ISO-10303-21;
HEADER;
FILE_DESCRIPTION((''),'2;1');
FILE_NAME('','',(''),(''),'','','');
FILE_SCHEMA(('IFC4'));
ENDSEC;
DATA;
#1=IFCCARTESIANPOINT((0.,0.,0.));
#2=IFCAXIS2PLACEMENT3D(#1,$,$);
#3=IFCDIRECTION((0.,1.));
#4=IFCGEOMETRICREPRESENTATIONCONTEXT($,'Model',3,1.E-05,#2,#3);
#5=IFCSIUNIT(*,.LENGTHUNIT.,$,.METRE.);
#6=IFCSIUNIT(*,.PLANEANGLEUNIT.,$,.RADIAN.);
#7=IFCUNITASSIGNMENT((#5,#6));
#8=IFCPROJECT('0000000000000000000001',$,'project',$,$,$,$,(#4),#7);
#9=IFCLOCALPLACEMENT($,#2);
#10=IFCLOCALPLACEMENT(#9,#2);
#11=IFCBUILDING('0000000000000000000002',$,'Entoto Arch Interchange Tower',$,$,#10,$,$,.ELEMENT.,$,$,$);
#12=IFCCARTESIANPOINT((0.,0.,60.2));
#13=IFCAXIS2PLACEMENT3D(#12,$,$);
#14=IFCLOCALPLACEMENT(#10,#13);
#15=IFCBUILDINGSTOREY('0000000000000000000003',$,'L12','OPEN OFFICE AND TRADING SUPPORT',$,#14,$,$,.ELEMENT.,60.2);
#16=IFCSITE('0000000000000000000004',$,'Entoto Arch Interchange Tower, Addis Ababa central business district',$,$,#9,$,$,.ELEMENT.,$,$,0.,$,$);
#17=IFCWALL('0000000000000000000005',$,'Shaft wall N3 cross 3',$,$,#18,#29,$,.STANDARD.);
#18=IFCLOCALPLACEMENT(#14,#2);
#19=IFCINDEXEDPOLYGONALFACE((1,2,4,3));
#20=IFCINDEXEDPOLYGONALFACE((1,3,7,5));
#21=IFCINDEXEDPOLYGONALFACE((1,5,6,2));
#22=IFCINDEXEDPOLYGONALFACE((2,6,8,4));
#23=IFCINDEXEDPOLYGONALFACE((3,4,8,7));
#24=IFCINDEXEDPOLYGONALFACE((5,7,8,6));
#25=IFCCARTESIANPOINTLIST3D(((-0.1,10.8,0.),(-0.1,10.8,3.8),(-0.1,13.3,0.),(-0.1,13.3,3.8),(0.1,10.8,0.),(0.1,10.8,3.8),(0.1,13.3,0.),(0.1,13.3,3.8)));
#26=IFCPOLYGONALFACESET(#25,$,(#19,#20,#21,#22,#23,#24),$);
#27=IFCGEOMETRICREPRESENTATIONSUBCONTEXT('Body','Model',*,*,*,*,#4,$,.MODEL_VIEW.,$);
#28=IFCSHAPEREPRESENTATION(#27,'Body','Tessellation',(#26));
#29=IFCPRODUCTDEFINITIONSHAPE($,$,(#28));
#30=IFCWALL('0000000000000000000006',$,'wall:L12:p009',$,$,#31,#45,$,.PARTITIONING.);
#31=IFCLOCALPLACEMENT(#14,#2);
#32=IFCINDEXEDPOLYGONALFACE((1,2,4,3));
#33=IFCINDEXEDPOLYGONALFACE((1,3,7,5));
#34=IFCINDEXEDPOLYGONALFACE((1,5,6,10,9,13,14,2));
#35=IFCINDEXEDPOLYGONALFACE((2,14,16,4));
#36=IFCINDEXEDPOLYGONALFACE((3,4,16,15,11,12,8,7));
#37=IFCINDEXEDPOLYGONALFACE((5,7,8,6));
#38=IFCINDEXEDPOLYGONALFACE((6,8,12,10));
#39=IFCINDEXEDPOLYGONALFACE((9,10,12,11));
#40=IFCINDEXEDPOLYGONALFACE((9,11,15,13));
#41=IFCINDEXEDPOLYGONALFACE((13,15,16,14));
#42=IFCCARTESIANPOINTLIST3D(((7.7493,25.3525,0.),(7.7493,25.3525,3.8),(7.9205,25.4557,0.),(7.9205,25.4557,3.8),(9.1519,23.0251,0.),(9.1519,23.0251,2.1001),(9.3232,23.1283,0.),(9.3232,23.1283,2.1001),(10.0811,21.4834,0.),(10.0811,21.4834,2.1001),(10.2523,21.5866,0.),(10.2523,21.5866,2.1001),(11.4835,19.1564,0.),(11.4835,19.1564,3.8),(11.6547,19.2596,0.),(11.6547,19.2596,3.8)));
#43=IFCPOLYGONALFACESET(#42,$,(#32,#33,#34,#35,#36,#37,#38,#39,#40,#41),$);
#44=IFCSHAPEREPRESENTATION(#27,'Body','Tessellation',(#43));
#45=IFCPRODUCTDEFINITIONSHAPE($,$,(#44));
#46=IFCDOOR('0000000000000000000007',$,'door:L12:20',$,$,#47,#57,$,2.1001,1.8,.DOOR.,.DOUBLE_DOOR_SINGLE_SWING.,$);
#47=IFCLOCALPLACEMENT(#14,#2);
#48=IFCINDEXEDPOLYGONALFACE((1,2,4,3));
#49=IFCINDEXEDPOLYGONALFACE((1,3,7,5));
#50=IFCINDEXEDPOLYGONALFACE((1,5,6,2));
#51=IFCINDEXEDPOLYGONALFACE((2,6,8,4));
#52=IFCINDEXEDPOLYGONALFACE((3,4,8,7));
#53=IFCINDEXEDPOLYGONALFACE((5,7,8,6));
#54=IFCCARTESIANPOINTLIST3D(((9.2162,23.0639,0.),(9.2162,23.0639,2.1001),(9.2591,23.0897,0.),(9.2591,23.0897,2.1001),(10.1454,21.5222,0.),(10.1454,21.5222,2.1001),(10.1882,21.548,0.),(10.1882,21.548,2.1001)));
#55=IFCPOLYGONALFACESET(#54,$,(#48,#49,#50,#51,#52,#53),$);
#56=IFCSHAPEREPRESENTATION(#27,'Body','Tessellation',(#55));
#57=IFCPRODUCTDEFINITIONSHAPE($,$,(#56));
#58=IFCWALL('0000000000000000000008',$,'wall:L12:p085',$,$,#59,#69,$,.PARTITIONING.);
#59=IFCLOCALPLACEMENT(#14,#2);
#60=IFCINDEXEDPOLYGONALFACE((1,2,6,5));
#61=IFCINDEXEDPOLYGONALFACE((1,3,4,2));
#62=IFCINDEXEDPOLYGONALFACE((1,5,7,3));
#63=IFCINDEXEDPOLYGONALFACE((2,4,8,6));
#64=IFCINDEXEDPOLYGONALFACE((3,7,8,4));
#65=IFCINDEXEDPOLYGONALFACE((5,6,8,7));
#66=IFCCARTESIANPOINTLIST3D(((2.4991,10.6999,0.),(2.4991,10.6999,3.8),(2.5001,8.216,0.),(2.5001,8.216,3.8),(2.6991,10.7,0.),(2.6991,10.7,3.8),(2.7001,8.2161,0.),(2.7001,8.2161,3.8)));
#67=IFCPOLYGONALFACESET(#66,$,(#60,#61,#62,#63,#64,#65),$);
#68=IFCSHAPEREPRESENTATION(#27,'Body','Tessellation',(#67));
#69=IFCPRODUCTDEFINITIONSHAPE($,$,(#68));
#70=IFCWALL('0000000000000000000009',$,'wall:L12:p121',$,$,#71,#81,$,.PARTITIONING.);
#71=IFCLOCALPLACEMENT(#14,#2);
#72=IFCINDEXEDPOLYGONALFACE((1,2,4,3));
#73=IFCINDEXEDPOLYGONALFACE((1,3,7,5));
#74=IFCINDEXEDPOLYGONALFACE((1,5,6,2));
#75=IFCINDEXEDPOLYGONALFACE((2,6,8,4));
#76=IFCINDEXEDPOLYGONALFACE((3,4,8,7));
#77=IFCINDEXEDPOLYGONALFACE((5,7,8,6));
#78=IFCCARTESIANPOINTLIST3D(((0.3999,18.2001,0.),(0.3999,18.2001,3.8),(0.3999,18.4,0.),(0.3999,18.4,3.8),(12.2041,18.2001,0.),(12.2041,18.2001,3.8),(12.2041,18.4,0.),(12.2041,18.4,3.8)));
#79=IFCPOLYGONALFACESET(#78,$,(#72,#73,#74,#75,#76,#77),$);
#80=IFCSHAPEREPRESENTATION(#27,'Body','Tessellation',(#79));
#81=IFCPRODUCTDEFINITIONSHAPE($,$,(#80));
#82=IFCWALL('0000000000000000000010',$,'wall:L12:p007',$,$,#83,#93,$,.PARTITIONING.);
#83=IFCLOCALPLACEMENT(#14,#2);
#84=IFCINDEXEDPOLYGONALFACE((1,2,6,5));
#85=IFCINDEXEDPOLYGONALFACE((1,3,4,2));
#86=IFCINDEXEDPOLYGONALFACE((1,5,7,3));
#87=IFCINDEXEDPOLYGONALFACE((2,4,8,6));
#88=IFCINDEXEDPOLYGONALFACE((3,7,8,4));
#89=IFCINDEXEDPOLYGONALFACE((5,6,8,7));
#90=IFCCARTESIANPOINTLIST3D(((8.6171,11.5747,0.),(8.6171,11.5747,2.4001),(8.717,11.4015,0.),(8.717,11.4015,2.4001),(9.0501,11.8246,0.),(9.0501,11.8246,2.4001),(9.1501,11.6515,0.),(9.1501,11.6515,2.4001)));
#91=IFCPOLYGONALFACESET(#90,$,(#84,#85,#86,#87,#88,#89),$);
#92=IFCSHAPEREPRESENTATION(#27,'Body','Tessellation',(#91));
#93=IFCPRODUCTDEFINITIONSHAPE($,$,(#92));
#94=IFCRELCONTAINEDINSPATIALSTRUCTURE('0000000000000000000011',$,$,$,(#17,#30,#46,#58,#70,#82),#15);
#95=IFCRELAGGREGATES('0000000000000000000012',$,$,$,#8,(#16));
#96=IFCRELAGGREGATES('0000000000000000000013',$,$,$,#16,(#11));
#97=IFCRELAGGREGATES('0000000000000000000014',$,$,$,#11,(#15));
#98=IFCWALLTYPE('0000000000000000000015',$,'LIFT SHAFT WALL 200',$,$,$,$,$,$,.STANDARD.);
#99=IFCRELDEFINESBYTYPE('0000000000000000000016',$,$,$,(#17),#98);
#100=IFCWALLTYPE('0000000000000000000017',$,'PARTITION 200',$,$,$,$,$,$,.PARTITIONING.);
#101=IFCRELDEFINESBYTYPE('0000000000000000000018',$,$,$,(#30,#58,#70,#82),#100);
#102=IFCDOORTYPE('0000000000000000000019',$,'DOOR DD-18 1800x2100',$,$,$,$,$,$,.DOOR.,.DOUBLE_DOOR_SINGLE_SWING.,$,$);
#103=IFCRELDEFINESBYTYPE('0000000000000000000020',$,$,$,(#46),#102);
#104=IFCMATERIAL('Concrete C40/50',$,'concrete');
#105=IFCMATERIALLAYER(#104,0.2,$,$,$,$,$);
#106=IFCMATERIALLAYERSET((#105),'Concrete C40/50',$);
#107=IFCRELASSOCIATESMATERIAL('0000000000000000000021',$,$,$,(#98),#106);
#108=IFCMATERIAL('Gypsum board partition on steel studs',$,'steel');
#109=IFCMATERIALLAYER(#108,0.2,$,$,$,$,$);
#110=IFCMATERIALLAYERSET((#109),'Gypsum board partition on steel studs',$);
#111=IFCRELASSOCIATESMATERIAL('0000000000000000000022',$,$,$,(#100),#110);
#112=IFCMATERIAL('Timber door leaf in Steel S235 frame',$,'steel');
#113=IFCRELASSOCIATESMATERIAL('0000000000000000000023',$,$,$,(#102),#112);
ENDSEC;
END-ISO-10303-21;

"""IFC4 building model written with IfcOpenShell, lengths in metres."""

from ifc_helpers import new_model, si_unit, direction, frame, frame_2d, origin, place, context, subcontext, project, spatial, rectangle, extrude, material, layer, layer_set, type_object, element, fill, save


model = new_model("IFC4")

# Units and contexts
model_context = context("Model", 3, precision=1e-05, world=origin(), true_north=direction((0.0, 1.0)))
body_context = subcontext(model_context, "Body", "Model", "MODEL_VIEW")
ifc_project = project(units=[si_unit("LENGTHUNIT", "METRE"), si_unit("PLANEANGLEUNIT", "RADIAN")], contexts=[model_context])

# Site, building, storey
site_placement = place(None, origin())
site = spatial("IfcSite", under=ifc_project, at=site_placement, Name="Entoto Arch Interchange Tower, Addis Ababa central business district", CompositionType="ELEMENT", RefElevation=0.0)
building_placement = place(site_placement, origin())
building = spatial("IfcBuilding", under=site, at=building_placement, Name="Entoto Arch Interchange Tower", CompositionType="ELEMENT")
storey_placement = place(building_placement, frame((0.0, 0.0, 60.2)))
storey = spatial("IfcBuildingStorey", under=building, at=storey_placement, Name="L12", Description="OPEN OFFICE AND TRADING SUPPORT", CompositionType="ELEMENT", Elevation=60.2)

# Shared definitions
ifc_material_1 = material(Name="Concrete C40/50", Category="concrete")

# Wall
ifc_layer_1 = layer(ifc_material_1, 0.2)
ifc_layer_set_1 = layer_set([ifc_layer_1], Name="Concrete C40/50")
wall_type_1 = type_object("IfcWallType", Name="LIFT SHAFT WALL 200", PredefinedType="STANDARD", material=ifc_layer_set_1)
for number, where, z_axis, x_axis, name in (
    (1, (0.0, 10.8, 0.0), (0.0, 0.0, 1.0), (0.0, 1.0, 0.0), "Shaft wall N3 cross 3"),
):
    element("IfcWall", number, at=place(storey_placement, frame(where, z_axis=z_axis, x_axis=x_axis)), inside=storey, type_object=wall_type_1, Name=name, PredefinedType="STANDARD", context=body_context, shape_type="SweptSolid", body=[
        extrude(rectangle(XDim=2.5, YDim=0.2, at=frame_2d((1.25, 0.0))), origin(), (0.0, 0.0, 1.0), 3.8),
    ])

# Wall, opening, door
ifc_material_2 = material(Name="Gypsum board partition on steel studs", Category="steel")
ifc_layer_2 = layer(ifc_material_2, 0.2)
ifc_layer_set_2 = layer_set([ifc_layer_2], Name="Gypsum board partition on steel studs")
wall_type_2 = type_object("IfcWallType", Name="PARTITION 200", PredefinedType="PARTITIONING", material=ifc_layer_set_2)
wall_1_placement = place(storey_placement, frame((11.5691, 19.208, 0.0), z_axis=(0.0, 0.0, 1.0), x_axis=(-0.516172, 0.856485, 0.0)))
wall_1 = element("IfcWall", 2, at=wall_1_placement, inside=storey, type_object=wall_type_2, Name="wall:L12:p009", PredefinedType="PARTITIONING", context=body_context, shape_type="SweptSolid", body=[
    extrude(rectangle(XDim=7.2344, YDim=0.2, at=frame_2d((3.6172, 0.0))), origin(), (0.0, 0.0, 1.0), 3.8),
])
opening_1_placement = place(wall_1_placement, frame((2.717, 0.0, 0.0)))
opening_1 = element("IfcOpeningElement", 3, at=opening_1_placement, cuts=wall_1, PredefinedType="OPENING", context=body_context, shape_type="SweptSolid", body=[
    extrude(rectangle(XDim=1.8, YDim=2.1001, at=frame_2d((0.8999, 1.05))), frame((0.0, 0.1099, 0.0), z_axis=(0.0, -1.0, 0.0), x_axis=(1.0, 0.0, 0.0)), (0.0, 0.0, 1.0), 0.22),
])
ifc_material_3 = material(Name="Timber door leaf in Steel S235 frame", Category="steel")
door_type_1 = type_object("IfcDoorType", Name="DOOR DD-18 1800x2100", OperationType="DOUBLE_DOOR_SINGLE_SWING", PredefinedType="DOOR", material=ifc_material_3)
door_1_placement = place(opening_1_placement, origin())
door_1 = element("IfcDoor", 4, at=door_1_placement, inside=storey, type_object=door_type_1, Name="door:L12:20", OperationType="DOUBLE_DOOR_SINGLE_SWING", OverallHeight=2.1001, OverallWidth=1.8, PredefinedType="DOOR", context=body_context, shape_type="SweptSolid", body=[
    extrude(rectangle(XDim=1.8, YDim=2.1001, at=frame_2d((0.8999, 1.05))), frame((0.0, 0.0249, 0.0), z_axis=(0.0, -1.0, 0.0), x_axis=(1.0, 0.0, 0.0)), (0.0, 0.0, 1.0), 0.05),
])
fill(opening_1, door_1)

# Walls
wall_2_placement = place(storey_placement, frame((2.5991, 10.7, 0.0), z_axis=(0.0, 0.0, 1.0), x_axis=(0.000393, -1.0, 0.0)))
element("IfcWall", 5, at=wall_2_placement, inside=storey, type_object=wall_type_2, Name="wall:L12:p085", PredefinedType="PARTITIONING", context=body_context, shape_type="SweptSolid", body=[
    extrude(rectangle(XDim=2.4839, YDim=0.2, at=frame_2d((1.2419, 0.0))), origin(), (0.0, 0.0, 1.0), 3.8),
])
wall_3_placement = place(storey_placement, frame((0.3999, 18.3, 0.0), z_axis=(0.0, 0.0, 1.0), x_axis=(1.0, 0.0, 0.0)))
element("IfcWall", 6, at=wall_3_placement, inside=storey, type_object=wall_type_2, Name="wall:L12:p121", PredefinedType="PARTITIONING", context=body_context, shape_type="SweptSolid", body=[
    extrude(rectangle(XDim=11.8042, YDim=0.2, at=frame_2d((5.9021, 0.0))), origin(), (0.0, 0.0, 1.0), 3.8),
])
wall_4_placement = place(storey_placement, frame((9.1001, 11.738, 0.0), z_axis=(0.0, 0.0, 1.0), x_axis=(-0.866072, -0.49992, 0.0)))
element("IfcWall", 7, at=wall_4_placement, inside=storey, type_object=wall_type_2, Name="wall:L12:p007", PredefinedType="PARTITIONING", context=body_context, shape_type="SweptSolid", body=[
    extrude(rectangle(XDim=0.5, YDim=0.2, at=frame_2d((0.25, 0.0))), origin(), (0.0, 0.0, 1.0), 2.4001),
])

save(model, "model.ifc")
